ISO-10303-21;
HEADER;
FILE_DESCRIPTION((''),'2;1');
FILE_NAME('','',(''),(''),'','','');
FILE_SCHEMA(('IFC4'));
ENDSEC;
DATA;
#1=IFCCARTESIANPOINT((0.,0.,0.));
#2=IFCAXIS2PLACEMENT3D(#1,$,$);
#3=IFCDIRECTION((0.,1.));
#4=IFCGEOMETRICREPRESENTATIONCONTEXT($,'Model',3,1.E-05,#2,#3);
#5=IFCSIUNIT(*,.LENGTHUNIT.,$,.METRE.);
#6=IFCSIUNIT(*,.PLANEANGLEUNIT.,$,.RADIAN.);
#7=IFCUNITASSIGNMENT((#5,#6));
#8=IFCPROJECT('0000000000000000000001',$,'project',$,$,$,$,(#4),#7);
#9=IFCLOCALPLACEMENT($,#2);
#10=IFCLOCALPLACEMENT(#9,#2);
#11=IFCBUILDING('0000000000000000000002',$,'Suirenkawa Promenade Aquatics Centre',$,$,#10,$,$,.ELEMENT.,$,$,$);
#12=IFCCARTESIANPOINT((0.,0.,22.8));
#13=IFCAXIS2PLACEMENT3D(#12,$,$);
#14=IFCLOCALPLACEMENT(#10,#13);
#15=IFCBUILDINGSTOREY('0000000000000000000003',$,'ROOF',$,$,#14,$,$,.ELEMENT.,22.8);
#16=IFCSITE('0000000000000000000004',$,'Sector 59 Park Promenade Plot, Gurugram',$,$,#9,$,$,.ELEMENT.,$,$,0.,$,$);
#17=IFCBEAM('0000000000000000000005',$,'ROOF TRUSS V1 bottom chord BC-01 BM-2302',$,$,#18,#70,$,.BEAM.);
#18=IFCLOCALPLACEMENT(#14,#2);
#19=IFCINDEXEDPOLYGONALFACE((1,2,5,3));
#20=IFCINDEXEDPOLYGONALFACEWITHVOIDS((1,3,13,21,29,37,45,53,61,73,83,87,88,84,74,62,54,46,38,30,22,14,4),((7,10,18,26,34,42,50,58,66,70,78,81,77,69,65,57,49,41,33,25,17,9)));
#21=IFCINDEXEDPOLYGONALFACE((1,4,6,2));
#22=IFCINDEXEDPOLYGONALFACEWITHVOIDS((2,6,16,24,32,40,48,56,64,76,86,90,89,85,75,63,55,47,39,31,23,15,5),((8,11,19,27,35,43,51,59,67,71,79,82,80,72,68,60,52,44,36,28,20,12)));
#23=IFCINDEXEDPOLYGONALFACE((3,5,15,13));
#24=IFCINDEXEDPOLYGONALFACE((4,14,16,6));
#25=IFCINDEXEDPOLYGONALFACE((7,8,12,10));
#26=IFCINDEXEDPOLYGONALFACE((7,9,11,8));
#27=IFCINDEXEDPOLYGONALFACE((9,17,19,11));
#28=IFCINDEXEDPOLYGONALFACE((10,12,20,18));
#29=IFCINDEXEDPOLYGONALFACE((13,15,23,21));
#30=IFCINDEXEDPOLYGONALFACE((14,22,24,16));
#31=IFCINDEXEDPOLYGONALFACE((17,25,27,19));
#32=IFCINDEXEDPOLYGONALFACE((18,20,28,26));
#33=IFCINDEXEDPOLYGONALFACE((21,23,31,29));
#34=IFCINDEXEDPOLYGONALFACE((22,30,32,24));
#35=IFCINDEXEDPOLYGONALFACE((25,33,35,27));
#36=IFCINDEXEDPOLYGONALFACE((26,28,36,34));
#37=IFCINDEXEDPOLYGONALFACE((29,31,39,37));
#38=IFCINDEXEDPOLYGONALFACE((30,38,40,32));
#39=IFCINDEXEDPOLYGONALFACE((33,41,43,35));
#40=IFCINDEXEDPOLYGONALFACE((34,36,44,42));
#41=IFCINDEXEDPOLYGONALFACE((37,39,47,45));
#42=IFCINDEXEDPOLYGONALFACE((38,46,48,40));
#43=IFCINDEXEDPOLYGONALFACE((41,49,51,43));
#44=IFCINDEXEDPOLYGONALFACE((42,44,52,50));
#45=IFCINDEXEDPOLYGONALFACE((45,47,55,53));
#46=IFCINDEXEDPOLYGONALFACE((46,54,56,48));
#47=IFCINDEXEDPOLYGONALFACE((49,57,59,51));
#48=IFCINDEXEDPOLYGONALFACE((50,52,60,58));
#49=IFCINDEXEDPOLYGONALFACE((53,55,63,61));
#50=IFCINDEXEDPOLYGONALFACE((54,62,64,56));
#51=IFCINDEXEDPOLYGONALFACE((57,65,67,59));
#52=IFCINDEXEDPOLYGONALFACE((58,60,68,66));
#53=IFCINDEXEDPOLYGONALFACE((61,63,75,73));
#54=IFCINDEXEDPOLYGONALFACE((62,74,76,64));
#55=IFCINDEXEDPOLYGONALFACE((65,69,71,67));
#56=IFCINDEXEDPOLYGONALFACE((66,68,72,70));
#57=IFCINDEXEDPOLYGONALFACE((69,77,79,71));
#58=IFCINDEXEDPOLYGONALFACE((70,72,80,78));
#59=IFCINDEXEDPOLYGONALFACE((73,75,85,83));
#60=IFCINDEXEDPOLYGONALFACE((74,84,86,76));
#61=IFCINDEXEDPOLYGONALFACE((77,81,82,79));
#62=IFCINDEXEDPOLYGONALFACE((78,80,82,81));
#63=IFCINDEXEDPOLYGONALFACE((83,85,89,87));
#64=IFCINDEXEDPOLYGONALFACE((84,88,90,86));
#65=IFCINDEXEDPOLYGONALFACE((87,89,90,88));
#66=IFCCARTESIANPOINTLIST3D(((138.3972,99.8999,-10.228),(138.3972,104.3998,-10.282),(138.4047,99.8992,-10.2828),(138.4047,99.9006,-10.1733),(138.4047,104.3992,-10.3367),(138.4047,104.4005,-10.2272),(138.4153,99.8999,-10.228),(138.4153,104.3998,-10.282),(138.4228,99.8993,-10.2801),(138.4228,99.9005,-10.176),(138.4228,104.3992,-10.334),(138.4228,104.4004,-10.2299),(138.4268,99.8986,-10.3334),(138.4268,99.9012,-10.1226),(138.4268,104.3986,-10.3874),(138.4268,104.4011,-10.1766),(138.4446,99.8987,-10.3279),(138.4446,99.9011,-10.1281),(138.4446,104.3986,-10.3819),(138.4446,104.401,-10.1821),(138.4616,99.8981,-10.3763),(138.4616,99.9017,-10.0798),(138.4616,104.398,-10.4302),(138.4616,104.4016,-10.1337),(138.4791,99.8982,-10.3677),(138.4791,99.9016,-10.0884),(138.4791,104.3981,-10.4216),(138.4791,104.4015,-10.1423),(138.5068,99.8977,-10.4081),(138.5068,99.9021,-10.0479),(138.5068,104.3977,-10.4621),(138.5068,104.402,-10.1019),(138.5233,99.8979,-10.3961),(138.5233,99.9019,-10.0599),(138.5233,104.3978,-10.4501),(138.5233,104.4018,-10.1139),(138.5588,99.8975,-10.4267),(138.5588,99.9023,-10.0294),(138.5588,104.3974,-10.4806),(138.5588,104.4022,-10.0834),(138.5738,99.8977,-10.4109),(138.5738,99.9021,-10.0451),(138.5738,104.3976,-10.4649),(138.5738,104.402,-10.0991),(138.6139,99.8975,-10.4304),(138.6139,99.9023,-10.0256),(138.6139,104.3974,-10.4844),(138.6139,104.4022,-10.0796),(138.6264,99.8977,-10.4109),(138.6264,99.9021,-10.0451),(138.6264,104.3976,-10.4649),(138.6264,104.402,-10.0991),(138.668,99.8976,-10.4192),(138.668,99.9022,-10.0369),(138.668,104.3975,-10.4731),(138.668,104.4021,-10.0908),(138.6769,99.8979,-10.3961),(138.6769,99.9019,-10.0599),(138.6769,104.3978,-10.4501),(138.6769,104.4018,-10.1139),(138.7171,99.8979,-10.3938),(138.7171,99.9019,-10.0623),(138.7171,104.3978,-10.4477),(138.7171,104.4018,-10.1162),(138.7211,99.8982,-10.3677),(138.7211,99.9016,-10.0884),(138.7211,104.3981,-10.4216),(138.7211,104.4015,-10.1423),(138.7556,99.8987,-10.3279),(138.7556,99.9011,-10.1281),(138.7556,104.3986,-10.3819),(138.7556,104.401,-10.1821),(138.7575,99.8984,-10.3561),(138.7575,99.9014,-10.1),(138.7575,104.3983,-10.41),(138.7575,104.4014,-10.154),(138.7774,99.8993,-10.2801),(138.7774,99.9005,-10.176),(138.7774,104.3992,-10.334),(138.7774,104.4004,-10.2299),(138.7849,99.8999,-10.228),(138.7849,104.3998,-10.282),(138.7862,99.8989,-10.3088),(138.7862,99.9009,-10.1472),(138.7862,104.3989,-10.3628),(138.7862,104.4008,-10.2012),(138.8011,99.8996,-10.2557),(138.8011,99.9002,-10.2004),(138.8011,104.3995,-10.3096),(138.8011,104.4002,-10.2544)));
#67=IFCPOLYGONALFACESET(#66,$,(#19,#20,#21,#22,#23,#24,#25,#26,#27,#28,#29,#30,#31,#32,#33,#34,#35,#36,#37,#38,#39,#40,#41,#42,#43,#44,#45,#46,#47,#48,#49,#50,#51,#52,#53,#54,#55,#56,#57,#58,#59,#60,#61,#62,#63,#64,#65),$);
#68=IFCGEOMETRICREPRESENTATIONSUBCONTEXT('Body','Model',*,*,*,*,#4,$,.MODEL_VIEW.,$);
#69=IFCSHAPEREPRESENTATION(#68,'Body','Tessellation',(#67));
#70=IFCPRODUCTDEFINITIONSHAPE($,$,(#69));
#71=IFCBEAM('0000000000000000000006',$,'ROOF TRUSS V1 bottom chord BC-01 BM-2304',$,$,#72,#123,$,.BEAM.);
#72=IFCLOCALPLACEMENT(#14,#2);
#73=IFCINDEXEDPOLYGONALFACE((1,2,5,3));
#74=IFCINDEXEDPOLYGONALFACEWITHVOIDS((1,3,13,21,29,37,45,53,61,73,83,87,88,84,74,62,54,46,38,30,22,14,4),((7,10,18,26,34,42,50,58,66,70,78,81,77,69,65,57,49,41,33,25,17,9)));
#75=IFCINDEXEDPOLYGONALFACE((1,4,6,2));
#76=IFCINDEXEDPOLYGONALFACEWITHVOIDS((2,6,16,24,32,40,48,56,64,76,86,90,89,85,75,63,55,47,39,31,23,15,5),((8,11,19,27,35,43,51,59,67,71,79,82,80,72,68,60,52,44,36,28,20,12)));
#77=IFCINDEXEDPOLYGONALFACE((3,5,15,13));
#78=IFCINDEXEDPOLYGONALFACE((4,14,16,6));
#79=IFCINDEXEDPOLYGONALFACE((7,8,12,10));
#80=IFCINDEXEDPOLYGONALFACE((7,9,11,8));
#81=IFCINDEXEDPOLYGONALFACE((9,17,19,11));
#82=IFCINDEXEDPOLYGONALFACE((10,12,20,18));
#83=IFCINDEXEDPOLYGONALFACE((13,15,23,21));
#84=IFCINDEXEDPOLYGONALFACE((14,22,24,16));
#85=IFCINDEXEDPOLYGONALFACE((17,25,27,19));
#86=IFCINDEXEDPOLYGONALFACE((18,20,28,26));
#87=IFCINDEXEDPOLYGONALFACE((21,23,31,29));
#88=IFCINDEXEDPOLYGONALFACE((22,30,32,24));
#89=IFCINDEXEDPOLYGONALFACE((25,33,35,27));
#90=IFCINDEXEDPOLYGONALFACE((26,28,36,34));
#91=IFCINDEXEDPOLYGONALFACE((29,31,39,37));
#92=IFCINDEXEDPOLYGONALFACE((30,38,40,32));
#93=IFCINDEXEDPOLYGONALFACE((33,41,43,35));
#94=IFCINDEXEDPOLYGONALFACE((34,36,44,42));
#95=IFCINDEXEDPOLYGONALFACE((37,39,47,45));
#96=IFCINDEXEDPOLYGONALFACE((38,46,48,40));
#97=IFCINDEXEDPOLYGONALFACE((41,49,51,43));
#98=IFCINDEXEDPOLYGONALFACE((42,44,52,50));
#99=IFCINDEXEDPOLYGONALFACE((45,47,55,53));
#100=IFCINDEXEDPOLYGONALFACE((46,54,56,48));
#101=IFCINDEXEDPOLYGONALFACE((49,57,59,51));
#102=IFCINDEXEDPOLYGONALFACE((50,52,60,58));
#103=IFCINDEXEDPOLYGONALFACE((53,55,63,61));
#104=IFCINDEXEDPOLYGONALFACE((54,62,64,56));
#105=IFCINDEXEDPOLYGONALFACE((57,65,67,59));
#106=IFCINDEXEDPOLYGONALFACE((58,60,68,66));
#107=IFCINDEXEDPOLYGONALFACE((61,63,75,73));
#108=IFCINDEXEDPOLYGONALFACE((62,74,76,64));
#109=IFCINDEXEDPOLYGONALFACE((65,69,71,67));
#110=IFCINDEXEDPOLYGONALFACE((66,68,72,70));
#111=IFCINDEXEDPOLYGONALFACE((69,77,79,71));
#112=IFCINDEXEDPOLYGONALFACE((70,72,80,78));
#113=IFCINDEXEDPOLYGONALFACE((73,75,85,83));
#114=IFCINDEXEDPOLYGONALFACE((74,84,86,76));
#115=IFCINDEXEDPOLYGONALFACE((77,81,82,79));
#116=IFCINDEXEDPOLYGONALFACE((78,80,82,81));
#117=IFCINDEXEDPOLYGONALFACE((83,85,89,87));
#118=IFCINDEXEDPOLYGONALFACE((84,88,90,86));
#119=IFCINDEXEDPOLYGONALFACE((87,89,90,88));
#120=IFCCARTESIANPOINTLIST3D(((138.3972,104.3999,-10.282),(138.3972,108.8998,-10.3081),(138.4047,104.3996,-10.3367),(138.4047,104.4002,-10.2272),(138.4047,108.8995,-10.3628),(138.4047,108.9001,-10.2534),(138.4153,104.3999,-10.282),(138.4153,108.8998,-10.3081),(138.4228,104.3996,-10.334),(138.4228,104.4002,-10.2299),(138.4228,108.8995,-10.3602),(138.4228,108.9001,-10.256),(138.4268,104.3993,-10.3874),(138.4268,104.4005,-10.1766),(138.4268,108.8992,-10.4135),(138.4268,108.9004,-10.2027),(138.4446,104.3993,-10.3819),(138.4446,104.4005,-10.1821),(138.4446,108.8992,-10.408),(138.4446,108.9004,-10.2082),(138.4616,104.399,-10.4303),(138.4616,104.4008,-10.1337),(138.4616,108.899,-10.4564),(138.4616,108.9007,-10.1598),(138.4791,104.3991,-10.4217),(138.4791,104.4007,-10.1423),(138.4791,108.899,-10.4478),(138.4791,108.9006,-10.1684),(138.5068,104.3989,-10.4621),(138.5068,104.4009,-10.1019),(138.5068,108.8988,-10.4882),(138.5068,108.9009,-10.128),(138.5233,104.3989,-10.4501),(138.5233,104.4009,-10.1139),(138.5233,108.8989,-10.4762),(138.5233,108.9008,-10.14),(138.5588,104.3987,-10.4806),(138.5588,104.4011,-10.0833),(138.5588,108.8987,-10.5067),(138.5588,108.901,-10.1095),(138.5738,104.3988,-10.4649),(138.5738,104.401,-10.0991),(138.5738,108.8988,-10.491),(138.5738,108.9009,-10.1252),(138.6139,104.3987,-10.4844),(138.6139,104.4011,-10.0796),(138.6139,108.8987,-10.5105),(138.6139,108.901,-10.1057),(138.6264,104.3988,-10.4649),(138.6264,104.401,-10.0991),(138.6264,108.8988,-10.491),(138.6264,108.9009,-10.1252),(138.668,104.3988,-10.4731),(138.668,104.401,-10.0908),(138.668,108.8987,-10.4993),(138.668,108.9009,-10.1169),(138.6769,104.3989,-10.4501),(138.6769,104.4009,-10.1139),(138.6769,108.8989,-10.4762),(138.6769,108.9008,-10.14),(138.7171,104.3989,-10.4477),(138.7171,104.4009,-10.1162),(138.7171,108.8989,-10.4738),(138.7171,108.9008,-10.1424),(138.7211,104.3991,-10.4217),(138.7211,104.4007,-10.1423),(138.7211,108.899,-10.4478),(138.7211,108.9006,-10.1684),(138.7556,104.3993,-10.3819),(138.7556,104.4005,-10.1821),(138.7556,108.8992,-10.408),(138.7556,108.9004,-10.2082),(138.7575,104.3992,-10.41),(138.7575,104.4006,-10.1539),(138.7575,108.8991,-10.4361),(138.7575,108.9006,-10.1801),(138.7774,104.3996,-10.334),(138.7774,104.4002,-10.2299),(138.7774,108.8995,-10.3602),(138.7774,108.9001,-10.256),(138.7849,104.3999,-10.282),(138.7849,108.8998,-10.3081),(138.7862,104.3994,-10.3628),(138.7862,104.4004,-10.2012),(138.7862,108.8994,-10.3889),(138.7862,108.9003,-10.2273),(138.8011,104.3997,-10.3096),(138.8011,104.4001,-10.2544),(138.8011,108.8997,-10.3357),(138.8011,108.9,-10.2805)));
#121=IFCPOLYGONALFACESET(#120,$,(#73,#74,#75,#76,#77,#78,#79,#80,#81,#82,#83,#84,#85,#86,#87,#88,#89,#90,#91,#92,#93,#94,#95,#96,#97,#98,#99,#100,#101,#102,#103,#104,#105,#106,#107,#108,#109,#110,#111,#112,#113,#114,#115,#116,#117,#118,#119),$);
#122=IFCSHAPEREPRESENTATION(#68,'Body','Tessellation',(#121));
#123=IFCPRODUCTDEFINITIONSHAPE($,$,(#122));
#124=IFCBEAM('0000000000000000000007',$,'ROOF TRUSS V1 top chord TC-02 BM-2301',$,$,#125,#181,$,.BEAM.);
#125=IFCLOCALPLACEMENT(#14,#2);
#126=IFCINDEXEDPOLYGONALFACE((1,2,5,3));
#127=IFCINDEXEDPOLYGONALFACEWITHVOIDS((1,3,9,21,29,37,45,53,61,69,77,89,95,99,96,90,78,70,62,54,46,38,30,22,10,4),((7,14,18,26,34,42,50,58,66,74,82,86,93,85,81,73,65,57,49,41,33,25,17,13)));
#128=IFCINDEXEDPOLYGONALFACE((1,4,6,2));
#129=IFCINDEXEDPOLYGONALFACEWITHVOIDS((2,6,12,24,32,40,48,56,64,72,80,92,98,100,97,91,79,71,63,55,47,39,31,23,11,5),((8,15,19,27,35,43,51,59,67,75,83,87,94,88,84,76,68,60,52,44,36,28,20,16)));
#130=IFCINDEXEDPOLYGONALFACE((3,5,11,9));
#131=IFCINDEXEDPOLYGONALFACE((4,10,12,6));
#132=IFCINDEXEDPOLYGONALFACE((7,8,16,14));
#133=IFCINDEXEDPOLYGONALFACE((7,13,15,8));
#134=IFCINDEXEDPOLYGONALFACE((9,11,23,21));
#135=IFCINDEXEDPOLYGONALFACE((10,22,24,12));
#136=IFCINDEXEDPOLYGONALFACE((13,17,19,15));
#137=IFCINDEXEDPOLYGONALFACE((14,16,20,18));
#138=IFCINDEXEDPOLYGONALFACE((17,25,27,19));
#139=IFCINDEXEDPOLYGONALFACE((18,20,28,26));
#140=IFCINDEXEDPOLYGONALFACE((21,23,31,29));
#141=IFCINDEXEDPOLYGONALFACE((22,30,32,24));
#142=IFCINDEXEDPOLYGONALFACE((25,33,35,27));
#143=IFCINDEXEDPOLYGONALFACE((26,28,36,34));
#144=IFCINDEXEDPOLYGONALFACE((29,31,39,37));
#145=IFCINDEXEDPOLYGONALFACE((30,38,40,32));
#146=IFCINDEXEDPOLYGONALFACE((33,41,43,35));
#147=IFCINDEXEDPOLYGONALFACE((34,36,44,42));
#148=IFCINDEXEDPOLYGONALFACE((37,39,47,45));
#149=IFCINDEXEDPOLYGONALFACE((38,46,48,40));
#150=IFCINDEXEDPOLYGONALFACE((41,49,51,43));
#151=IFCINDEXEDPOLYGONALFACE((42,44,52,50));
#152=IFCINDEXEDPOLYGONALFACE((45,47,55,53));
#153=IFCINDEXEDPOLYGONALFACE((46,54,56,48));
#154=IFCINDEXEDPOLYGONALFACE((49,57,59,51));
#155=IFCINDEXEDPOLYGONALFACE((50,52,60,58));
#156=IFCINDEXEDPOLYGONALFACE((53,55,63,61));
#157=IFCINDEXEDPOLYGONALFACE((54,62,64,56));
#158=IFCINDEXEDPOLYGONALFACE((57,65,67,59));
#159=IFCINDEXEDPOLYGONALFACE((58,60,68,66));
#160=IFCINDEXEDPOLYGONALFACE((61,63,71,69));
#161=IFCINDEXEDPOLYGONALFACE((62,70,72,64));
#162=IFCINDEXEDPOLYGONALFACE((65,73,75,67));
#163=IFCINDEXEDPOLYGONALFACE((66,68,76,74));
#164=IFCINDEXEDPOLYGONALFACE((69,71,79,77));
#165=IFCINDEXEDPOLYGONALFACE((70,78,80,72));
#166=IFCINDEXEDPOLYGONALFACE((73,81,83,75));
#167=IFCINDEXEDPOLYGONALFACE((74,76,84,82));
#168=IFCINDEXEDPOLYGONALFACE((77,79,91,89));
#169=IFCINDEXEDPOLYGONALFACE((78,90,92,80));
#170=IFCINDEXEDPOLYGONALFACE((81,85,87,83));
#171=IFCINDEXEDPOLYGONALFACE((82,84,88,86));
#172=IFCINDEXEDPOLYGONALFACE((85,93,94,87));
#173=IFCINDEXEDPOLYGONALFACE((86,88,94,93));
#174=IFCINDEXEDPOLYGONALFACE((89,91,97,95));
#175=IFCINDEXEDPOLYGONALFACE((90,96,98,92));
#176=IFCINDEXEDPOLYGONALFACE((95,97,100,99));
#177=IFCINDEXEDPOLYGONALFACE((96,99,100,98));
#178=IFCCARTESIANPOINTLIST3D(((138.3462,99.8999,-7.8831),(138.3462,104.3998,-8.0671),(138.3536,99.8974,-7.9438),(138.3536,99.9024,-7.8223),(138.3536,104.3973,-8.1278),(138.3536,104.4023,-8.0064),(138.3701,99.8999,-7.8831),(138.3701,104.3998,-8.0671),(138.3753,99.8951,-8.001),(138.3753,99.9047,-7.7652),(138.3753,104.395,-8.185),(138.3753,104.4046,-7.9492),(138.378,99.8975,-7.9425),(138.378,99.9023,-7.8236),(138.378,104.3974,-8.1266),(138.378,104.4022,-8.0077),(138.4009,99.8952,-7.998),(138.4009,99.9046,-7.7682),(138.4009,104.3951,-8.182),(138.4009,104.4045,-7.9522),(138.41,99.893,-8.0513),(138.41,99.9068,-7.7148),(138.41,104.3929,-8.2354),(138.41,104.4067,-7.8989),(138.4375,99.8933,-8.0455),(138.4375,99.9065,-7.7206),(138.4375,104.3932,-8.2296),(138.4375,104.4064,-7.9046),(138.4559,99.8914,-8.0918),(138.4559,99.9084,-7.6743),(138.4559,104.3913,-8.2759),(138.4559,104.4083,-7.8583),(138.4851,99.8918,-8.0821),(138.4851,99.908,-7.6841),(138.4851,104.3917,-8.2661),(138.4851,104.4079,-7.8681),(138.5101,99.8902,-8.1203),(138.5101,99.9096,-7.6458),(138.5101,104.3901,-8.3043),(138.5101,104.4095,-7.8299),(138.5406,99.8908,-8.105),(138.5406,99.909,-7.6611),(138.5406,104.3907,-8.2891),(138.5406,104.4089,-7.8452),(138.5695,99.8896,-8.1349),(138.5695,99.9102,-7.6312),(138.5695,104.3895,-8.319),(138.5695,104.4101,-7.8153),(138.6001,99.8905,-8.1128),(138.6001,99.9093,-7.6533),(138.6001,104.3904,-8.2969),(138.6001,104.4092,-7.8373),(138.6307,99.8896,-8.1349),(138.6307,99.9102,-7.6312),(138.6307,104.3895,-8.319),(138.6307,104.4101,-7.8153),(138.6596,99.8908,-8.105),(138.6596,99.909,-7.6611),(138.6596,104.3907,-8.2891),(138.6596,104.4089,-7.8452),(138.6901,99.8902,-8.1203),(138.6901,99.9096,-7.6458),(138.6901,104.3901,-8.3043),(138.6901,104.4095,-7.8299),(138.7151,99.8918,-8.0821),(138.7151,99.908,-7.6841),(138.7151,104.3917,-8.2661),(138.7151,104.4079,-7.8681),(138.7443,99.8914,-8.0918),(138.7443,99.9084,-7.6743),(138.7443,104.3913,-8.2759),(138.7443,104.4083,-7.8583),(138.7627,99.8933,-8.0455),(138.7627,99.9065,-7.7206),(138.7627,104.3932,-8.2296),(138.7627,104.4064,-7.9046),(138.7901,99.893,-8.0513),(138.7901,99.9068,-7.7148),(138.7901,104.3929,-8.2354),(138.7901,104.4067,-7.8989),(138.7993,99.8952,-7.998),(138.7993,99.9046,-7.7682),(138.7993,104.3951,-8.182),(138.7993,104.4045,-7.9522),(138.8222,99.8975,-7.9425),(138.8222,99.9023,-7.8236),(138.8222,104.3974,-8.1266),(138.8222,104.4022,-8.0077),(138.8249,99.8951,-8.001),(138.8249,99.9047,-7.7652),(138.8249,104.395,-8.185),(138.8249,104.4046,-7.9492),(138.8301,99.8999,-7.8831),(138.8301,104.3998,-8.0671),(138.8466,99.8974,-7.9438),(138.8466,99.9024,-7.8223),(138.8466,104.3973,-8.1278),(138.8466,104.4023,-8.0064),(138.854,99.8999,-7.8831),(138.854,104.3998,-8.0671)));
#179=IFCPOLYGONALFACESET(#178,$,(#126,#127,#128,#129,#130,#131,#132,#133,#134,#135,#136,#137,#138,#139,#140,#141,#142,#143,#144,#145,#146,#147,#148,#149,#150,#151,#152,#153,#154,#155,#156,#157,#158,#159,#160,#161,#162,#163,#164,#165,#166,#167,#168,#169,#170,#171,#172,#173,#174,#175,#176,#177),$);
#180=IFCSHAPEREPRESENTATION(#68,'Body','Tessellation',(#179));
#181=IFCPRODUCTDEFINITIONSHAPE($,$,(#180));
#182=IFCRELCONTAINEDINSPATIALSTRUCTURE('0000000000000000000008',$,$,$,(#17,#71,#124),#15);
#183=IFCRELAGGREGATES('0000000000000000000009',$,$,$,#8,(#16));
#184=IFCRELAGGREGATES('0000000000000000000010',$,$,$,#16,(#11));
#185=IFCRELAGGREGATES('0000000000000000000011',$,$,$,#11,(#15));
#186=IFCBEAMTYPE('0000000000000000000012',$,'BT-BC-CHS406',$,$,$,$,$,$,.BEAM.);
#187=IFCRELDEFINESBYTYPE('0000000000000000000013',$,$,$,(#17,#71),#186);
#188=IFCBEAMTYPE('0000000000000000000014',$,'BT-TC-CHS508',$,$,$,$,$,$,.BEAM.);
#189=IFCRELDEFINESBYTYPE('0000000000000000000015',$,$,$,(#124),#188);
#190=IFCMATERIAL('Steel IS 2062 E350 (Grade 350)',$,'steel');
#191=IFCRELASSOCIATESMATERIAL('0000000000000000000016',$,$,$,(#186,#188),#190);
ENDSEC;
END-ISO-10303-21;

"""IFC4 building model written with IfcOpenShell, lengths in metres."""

from ifc_helpers import new_model, si_unit, direction, frame, origin, origin_2d, place, context, subcontext, project, spatial, hollow_circle, extrude, material, material_profile, profile_set, type_object, element, save


model = new_model("IFC4")

# Units and contexts
model_context = context("Model", 3, precision=1e-05, world=origin(), true_north=direction((0.0, 1.0)))
body_context = subcontext(model_context, "Body", "Model", "MODEL_VIEW")
ifc_project = project(units=[si_unit("LENGTHUNIT", "METRE"), si_unit("PLANEANGLEUNIT", "RADIAN")], contexts=[model_context])

# Site, building, storey
site_placement = place(None, origin())
site = spatial("IfcSite", under=ifc_project, at=site_placement, Name="Sector 59 Park Promenade Plot, Gurugram", CompositionType="ELEMENT", RefElevation=0.0)
building_placement = place(site_placement, origin())
building = spatial("IfcBuilding", under=site, at=building_placement, Name="Suirenkawa Promenade Aquatics Centre", CompositionType="ELEMENT")
storey_placement = place(building_placement, frame((0.0, 0.0, 22.8)))
storey = spatial("IfcBuildingStorey", under=building, at=storey_placement, Name="ROOF", CompositionType="ELEMENT", Elevation=22.8)

# Beams
ifc_material_1 = material(Name="Steel IS 2062 E350 (Grade 350)", Category="steel")
ifc_material_profile_1 = material_profile(ifc_material_1, hollow_circle(Radius=0.2029, WallThickness=0.0181, at=origin_2d()), Name="CHS 406x18", Category="steel")
ifc_profile_set_1 = profile_set([ifc_material_profile_1], Name="Steel IS 2062 E350 (Grade 350)")
beam_type_1 = type_object("IfcBeamType", Name="BT-BC-CHS406", PredefinedType="BEAM", material=ifc_profile_set_1)
beam_1_placement = place(storey_placement, frame((138.6001, 99.8999, -10.228), z_axis=(0.0, 0.999928, -0.011989), x_axis=(-1.0, 0.0, 0.0)))
element("IfcBeam", 1, at=beam_1_placement, inside=storey, type_object=beam_type_1, Name="ROOF TRUSS V1 bottom chord BC-01 BM-2302", PredefinedType="BEAM", context=body_context, shape_type="SweptSolid", body=[
    extrude(hollow_circle(Radius=0.2029, WallThickness=0.0181, at=origin_2d()), origin(), (0.0, 0.0, 1.0), 4.5002),
])
beam_2_placement = place(storey_placement, frame((138.6001, 104.3999, -10.282), z_axis=(0.0, 0.999983, -0.005805), x_axis=(-1.0, 0.0, 0.0)))
element("IfcBeam", 2, at=beam_2_placement, inside=storey, type_object=beam_type_1, Name="ROOF TRUSS V1 bottom chord BC-01 BM-2304", PredefinedType="BEAM", context=body_context, shape_type="SweptSolid", body=[
    extrude(hollow_circle(Radius=0.2029, WallThickness=0.0181, at=origin_2d()), origin(), (0.0, 0.0, 1.0), 4.5),
])
ifc_material_profile_2 = material_profile(ifc_material_1, hollow_circle(Radius=0.2539, WallThickness=0.0239, at=origin_2d()), Name="CHS 508x24", Category="steel")
ifc_profile_set_2 = profile_set([ifc_material_profile_2], Name="Steel IS 2062 E350 (Grade 350)")
beam_type_2 = type_object("IfcBeamType", Name="BT-TC-CHS508", PredefinedType="BEAM", material=ifc_profile_set_2)
for number, where, z_axis, x_axis, name in (
    (3, (138.6001, 99.8999, -7.8831), (0.0, 0.999164, -0.040873), (-1.0, 0.0, 0.0), "ROOF TRUSS V1 top chord TC-02 BM-2301"),
):
    element("IfcBeam", number, at=place(storey_placement, frame(where, z_axis=z_axis, x_axis=x_axis)), inside=storey, type_object=beam_type_2, Name=name, PredefinedType="BEAM", context=body_context, shape_type="SweptSolid", body=[
        extrude(hollow_circle(Radius=0.2539, WallThickness=0.0239, at=origin_2d()), origin(), (0.0, 0.0, 1.0), 4.5037),
    ])

save(model, "model.ifc")
